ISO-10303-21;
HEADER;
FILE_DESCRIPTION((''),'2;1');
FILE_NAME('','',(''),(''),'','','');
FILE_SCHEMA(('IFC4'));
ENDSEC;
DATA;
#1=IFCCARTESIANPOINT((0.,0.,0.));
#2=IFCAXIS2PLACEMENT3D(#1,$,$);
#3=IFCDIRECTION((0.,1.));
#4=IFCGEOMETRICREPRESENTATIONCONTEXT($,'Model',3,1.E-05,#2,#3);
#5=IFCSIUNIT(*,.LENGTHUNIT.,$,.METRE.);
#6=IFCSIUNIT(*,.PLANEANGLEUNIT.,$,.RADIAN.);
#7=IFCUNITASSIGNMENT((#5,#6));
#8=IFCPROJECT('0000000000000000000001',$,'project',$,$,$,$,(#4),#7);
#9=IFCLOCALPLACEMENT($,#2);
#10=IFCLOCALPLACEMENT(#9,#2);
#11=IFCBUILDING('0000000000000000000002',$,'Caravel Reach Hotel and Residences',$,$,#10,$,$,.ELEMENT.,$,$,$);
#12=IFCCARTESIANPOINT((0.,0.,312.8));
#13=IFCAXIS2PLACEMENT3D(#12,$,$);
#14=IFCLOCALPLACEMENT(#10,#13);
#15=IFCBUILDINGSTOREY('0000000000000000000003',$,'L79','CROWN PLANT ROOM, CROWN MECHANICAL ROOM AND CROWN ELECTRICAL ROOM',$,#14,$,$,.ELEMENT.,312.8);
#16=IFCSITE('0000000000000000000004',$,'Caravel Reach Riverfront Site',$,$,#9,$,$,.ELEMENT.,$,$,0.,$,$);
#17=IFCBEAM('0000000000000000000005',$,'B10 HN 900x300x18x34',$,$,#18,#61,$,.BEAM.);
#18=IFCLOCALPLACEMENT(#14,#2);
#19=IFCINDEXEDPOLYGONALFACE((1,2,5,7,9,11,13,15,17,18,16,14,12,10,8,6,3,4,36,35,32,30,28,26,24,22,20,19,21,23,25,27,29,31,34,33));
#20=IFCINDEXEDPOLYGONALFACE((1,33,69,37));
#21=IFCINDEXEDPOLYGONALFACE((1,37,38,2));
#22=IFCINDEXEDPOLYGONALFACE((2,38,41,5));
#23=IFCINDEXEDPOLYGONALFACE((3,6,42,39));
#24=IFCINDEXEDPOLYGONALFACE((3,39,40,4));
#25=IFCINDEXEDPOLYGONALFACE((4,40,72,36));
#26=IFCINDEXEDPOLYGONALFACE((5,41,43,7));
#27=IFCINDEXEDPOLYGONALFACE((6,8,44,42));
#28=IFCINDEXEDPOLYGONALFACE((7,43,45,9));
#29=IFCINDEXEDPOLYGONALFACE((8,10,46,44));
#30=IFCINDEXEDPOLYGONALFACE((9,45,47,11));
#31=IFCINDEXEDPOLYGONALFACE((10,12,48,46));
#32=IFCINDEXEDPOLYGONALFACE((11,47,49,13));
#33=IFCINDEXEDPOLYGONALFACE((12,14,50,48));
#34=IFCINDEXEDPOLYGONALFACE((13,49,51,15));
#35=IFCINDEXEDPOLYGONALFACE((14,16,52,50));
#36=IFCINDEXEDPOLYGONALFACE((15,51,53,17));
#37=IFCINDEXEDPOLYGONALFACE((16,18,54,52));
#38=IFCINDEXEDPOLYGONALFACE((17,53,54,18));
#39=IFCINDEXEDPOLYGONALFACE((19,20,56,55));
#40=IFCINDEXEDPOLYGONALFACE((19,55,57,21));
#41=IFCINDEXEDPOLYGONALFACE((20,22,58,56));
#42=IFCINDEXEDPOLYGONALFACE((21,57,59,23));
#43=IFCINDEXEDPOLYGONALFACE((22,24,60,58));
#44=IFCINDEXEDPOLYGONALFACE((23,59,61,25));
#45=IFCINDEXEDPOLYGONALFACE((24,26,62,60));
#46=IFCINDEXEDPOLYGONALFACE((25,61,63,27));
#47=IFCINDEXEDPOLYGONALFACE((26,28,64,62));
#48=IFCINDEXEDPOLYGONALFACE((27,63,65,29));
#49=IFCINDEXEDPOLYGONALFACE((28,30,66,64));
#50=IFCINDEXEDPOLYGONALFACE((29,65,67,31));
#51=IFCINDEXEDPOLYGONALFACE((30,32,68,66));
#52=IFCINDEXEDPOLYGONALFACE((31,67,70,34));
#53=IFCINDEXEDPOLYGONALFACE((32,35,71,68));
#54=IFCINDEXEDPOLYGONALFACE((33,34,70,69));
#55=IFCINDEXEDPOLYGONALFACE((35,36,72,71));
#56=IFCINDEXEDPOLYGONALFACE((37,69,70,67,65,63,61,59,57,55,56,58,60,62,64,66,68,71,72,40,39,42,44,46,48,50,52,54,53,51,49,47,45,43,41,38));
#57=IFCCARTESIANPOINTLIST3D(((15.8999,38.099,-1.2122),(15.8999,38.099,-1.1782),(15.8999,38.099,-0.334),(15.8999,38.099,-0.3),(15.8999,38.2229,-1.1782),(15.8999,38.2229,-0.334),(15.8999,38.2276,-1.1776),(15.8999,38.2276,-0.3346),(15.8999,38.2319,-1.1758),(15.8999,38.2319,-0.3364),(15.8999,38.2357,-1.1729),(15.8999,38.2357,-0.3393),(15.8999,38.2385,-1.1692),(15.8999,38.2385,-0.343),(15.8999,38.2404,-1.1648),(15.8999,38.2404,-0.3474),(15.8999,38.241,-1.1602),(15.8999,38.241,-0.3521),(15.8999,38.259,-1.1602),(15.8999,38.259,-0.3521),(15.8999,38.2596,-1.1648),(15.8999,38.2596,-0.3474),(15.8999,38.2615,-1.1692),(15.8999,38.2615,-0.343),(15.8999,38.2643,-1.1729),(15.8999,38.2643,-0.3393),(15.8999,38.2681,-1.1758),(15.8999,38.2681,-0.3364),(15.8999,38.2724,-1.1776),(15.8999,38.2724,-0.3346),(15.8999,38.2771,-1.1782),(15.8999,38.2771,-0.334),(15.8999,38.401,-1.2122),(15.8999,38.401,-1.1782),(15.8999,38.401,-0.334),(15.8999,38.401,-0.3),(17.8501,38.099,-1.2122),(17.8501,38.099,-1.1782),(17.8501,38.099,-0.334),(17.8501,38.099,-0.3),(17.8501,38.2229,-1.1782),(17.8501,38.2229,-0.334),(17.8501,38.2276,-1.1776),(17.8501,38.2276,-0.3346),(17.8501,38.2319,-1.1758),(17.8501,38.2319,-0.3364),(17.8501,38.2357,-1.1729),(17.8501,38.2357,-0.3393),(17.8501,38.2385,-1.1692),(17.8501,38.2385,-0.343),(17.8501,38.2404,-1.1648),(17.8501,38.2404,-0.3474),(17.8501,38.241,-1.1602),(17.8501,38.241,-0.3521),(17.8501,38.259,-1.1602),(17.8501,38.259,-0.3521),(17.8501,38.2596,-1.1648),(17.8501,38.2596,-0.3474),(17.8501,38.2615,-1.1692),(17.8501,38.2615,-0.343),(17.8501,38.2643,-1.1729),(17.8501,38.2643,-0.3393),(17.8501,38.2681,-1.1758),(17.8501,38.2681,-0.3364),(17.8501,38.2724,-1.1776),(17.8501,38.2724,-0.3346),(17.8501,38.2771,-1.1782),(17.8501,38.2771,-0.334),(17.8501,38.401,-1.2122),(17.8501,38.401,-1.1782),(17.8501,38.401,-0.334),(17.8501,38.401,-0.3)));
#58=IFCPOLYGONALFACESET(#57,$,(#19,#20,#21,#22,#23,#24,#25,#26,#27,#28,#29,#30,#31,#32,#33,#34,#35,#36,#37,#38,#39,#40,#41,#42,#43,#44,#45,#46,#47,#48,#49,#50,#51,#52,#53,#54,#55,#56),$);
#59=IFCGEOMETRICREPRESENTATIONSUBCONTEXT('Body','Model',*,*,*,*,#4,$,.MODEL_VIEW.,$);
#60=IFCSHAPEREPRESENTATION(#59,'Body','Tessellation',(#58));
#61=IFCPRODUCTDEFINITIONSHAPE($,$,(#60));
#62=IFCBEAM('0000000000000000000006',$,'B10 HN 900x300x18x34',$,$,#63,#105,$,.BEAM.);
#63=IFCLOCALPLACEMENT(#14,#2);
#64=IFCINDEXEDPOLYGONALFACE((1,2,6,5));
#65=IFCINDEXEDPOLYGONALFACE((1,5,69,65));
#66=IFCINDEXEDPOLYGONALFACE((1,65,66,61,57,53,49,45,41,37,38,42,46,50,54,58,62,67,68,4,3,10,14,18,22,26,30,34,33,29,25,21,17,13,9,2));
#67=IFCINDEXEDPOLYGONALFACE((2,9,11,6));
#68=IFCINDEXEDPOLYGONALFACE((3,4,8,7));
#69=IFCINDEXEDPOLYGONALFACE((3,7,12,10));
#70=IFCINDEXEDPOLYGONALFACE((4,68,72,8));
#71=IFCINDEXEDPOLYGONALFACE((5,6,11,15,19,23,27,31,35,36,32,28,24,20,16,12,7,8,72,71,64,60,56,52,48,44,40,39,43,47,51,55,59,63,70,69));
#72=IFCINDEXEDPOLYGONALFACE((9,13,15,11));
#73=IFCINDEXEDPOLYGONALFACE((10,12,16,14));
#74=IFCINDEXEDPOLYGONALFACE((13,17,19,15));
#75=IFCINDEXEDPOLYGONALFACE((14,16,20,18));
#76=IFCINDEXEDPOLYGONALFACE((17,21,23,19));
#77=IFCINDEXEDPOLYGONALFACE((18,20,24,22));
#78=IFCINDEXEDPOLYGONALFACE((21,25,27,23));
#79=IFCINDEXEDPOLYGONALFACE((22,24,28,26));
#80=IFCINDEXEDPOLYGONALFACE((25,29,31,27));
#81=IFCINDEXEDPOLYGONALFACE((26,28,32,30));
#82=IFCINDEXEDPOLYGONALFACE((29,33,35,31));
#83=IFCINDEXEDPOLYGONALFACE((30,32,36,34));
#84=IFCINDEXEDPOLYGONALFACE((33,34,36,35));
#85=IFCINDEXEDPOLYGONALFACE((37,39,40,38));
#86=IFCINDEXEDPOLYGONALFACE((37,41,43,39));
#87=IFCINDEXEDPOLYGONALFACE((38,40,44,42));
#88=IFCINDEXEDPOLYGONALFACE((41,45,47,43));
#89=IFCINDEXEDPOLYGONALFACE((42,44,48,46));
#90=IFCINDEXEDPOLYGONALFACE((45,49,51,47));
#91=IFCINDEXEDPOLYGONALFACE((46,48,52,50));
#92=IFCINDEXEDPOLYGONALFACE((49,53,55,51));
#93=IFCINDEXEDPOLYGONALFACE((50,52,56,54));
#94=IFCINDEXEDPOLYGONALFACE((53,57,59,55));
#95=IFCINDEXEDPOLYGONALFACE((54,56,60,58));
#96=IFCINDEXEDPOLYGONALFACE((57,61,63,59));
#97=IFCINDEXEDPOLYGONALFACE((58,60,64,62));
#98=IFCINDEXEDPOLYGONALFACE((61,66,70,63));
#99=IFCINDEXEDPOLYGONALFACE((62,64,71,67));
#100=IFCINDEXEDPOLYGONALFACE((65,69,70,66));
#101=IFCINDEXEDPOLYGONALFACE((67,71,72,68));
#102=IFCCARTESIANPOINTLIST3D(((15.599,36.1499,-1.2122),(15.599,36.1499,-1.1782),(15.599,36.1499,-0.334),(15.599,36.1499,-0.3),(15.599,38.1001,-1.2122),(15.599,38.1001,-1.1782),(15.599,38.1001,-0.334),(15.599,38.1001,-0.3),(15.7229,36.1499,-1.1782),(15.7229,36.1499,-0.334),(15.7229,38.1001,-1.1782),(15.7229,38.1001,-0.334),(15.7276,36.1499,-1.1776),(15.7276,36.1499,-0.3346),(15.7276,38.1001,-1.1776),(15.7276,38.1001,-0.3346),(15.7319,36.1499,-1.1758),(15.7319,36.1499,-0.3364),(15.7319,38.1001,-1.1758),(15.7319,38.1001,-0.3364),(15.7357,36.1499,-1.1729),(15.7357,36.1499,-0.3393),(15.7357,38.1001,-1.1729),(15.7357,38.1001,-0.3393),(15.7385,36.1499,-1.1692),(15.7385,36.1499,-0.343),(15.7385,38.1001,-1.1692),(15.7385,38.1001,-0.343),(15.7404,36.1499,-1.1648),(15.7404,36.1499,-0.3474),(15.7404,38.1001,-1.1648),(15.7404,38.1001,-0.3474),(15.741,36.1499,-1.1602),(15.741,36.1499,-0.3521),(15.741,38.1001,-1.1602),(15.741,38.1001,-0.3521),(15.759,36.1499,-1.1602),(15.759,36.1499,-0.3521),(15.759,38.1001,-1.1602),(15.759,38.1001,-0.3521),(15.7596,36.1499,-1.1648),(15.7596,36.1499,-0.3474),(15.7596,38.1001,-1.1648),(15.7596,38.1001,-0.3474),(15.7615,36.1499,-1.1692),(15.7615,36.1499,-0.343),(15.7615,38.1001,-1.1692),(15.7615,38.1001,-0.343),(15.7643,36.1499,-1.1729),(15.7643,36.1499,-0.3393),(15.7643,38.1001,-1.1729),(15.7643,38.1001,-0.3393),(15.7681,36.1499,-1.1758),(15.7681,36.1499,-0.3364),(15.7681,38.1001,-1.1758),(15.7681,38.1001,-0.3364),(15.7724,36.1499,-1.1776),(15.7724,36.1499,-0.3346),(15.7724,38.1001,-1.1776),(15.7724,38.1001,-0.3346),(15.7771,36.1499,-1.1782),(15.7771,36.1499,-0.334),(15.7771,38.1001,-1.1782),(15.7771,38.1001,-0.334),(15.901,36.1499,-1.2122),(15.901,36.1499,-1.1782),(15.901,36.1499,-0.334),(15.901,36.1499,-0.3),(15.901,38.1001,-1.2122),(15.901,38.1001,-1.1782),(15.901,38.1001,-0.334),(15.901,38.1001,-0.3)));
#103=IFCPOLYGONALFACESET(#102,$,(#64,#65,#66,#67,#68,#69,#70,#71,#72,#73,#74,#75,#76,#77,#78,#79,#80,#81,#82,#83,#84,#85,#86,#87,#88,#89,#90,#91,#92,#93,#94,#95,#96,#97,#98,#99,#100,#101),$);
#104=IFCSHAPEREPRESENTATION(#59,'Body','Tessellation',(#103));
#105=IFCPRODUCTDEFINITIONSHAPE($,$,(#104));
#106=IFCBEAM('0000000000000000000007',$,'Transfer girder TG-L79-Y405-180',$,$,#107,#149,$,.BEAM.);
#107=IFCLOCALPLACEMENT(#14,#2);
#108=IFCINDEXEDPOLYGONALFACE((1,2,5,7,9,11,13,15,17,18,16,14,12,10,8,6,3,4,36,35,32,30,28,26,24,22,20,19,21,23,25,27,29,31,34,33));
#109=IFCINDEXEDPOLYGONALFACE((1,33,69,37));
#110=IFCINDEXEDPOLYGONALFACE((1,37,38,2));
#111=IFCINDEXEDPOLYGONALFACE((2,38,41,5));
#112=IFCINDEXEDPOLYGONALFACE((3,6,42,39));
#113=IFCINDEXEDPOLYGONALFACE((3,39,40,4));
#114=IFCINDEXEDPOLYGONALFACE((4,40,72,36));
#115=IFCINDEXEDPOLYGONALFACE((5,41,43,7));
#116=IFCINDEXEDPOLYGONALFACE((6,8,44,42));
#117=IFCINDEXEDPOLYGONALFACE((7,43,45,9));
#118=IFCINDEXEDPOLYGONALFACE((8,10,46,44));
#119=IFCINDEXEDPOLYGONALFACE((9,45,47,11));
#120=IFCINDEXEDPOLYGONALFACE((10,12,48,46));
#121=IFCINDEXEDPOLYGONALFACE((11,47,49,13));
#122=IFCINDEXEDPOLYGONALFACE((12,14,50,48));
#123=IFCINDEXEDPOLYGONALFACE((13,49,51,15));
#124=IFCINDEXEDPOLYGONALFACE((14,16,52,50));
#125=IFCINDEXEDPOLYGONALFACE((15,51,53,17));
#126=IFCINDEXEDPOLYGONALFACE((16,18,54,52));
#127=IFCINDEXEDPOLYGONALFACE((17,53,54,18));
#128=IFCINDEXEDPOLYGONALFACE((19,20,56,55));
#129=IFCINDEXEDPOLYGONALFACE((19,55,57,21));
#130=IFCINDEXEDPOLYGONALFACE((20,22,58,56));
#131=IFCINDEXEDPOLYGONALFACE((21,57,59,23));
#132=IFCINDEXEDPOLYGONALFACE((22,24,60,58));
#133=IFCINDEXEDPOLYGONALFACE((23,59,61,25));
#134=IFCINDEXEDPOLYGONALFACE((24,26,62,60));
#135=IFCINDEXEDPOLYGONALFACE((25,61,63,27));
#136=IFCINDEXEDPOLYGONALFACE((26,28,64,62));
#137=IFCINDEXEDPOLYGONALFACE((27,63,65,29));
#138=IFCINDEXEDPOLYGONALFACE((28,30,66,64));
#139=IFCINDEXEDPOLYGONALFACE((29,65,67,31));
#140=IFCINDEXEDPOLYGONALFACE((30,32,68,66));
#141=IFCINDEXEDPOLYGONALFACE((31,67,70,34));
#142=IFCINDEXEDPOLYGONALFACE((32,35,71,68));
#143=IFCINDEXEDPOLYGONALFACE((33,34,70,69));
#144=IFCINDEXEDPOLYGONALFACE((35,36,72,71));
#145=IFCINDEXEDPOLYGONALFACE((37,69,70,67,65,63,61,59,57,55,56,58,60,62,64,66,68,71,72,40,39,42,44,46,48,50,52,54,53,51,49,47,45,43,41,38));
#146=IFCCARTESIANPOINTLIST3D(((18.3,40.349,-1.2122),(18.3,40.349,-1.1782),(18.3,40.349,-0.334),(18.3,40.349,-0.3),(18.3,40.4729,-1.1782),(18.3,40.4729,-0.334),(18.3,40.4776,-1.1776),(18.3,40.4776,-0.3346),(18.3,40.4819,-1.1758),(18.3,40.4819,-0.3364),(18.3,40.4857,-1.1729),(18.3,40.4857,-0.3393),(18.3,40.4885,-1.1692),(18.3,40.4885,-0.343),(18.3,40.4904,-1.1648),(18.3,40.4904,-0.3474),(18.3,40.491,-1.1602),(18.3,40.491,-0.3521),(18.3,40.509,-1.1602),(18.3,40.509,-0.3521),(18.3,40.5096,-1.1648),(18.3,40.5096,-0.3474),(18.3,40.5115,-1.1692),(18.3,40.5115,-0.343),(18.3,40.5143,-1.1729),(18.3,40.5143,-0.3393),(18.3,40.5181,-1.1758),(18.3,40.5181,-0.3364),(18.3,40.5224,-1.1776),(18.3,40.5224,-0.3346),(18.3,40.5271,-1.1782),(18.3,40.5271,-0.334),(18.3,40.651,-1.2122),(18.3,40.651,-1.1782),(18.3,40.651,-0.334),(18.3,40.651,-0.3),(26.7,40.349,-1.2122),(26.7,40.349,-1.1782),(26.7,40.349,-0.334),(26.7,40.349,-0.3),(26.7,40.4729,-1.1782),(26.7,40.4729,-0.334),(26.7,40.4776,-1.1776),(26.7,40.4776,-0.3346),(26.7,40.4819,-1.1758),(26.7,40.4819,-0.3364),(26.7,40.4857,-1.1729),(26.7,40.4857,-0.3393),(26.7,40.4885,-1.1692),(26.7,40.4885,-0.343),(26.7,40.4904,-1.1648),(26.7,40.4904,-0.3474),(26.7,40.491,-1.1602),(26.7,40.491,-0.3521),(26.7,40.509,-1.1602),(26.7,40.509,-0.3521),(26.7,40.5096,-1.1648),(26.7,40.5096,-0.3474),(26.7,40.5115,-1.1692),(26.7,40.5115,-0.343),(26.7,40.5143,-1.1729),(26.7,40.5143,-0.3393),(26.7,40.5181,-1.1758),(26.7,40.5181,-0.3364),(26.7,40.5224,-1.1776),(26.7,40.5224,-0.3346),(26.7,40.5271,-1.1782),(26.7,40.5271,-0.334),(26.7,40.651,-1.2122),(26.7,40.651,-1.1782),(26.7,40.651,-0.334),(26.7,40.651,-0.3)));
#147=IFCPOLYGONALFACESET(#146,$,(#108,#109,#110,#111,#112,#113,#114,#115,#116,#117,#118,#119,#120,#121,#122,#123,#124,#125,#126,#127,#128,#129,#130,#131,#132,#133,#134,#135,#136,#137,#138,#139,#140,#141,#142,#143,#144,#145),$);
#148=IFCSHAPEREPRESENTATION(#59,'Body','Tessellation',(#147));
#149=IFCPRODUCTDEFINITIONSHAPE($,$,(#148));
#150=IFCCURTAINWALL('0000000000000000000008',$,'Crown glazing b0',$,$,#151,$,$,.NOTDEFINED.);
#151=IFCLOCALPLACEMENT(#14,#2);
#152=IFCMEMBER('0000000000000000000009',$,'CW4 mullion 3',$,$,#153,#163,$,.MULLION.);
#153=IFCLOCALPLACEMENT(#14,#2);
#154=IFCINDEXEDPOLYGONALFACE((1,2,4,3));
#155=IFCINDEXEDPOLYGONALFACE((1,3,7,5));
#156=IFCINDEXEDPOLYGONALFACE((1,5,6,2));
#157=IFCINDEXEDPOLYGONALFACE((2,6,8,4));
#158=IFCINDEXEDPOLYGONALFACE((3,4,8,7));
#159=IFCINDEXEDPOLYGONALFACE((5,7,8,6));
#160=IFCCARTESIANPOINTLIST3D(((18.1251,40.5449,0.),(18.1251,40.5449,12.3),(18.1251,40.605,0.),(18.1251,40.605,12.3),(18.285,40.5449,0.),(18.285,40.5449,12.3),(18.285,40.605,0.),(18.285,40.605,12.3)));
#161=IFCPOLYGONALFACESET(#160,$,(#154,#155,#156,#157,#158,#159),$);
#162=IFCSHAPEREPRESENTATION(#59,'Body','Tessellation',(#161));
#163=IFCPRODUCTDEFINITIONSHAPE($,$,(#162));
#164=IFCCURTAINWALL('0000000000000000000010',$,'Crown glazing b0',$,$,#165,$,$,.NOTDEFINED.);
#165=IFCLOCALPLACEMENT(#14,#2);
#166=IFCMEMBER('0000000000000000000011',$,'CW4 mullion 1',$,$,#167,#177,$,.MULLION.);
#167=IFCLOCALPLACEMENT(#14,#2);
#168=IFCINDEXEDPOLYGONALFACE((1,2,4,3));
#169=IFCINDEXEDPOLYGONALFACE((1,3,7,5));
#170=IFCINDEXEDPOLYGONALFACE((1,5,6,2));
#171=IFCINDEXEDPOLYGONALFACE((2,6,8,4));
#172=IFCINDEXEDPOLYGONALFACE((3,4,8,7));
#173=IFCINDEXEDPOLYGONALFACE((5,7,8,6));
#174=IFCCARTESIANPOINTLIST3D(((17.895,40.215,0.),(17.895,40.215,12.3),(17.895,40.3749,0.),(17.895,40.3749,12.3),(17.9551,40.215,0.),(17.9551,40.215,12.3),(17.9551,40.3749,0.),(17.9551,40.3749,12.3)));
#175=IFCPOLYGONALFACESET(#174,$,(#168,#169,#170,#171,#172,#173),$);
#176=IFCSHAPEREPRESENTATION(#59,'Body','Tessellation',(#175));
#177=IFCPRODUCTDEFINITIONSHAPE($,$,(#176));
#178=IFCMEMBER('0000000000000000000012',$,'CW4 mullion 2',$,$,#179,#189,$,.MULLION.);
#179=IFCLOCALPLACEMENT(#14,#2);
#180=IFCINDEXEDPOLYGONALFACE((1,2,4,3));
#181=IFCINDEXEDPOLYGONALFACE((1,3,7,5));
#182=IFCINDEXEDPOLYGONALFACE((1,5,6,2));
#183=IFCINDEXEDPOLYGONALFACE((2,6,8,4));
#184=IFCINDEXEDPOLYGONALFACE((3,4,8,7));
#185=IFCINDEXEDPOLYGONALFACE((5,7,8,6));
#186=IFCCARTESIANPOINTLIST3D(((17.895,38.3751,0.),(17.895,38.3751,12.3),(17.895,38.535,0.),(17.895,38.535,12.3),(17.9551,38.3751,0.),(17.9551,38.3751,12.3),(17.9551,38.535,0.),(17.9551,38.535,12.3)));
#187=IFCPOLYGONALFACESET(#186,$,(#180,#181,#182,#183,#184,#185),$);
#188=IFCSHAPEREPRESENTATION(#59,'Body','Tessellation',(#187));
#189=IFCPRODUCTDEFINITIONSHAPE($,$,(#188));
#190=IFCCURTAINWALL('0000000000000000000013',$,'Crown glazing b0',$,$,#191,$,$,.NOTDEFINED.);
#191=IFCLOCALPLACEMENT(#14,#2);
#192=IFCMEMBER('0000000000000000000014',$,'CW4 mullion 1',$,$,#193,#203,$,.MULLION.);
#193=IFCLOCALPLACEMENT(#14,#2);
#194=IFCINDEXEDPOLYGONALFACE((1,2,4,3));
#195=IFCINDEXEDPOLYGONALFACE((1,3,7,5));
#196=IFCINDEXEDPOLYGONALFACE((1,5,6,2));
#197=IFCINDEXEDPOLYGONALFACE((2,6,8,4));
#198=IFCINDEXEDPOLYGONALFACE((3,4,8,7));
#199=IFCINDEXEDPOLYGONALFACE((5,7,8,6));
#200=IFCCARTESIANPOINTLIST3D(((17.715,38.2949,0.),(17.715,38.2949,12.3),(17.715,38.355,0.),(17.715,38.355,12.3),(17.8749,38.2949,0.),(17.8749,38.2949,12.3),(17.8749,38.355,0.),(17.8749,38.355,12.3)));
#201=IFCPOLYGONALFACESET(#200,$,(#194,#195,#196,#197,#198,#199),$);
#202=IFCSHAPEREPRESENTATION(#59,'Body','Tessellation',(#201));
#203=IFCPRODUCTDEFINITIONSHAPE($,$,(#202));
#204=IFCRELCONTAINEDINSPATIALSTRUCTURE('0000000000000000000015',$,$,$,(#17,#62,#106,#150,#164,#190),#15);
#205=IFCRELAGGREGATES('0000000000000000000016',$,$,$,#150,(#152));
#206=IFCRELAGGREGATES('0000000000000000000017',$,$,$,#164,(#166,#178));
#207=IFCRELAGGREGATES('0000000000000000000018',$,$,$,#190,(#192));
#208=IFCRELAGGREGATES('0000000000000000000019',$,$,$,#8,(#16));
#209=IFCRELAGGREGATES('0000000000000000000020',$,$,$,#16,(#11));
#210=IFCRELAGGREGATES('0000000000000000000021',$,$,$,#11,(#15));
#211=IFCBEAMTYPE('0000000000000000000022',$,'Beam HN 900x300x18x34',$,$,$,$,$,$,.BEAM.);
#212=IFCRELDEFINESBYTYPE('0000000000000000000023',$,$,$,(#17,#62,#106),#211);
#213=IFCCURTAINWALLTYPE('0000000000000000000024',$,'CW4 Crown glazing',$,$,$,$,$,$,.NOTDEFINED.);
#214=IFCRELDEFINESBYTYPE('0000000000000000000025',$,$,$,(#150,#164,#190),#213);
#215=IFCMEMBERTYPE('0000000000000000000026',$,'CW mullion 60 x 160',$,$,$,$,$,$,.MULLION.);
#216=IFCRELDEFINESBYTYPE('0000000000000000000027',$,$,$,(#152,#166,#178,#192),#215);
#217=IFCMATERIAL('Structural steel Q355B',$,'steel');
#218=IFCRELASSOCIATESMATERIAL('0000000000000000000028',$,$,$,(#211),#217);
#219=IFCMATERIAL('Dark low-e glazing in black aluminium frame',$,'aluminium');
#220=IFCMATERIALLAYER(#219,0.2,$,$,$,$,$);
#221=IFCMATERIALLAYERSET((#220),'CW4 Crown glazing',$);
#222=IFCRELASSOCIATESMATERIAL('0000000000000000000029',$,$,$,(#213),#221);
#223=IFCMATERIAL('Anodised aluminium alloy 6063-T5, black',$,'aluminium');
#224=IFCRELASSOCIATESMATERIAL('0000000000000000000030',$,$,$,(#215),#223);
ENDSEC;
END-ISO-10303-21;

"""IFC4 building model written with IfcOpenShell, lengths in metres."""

from ifc_helpers import new_model, si_unit, direction, frame, origin, origin_2d, place, context, subcontext, project, spatial, rectangle, i_section, extrude, material, layer, layer_set, material_profile, profile_set, type_object, element, aggregate, save


model = new_model("IFC4")

# Units and contexts
model_context = context("Model", 3, precision=1e-05, world=origin(), true_north=direction((0.0, 1.0)))
body_context = subcontext(model_context, "Body", "Model", "MODEL_VIEW")
ifc_project = project(units=[si_unit("LENGTHUNIT", "METRE"), si_unit("PLANEANGLEUNIT", "RADIAN")], contexts=[model_context])

# Site, building, storey
site_placement = place(None, origin())
site = spatial("IfcSite", under=ifc_project, at=site_placement, Name="Caravel Reach Riverfront Site", CompositionType="ELEMENT", RefElevation=0.0)
building_placement = place(site_placement, origin())
building = spatial("IfcBuilding", under=site, at=building_placement, Name="Caravel Reach Hotel and Residences", CompositionType="ELEMENT")
storey_placement = place(building_placement, frame((0.0, 0.0, 312.8)))
storey = spatial("IfcBuildingStorey", under=building, at=storey_placement, Name="L79", Description="CROWN PLANT ROOM, CROWN MECHANICAL ROOM AND CROWN ELECTRICAL ROOM", CompositionType="ELEMENT", Elevation=312.8)

# Beams
ifc_material_1 = material(Name="Structural steel Q355B", Category="steel")
ifc_material_profile_1 = material_profile(ifc_material_1, i_section(OverallWidth=0.302, OverallDepth=0.9121, WebThickness=0.0181, FlangeThickness=0.0339, FilletRadius=0.0181, at=origin_2d()), Name="HN 900x300x18x34")
ifc_profile_set_1 = profile_set([ifc_material_profile_1], Name="Structural steel Q355B")
beam_type = type_object("IfcBeamType", Name="Beam HN 900x300x18x34", PredefinedType="BEAM", material=ifc_profile_set_1)
for number, where, z_axis, x_axis, name in (
    (1, (17.8501, 38.25, -0.7561), (-1.0, 0.0, 0.0), (0.0, -1.0, 0.0), "B10 HN 900x300x18x34"),
    (2, (15.75, 38.1001, -0.7561), (0.0, -1.0, 0.0), (1.0, 0.0, 0.0), "B10 HN 900x300x18x34"),
):
    element("IfcBeam", number, at=place(storey_placement, frame(where, z_axis=z_axis, x_axis=x_axis)), inside=storey, type_object=beam_type, Name=name, PredefinedType="BEAM", context=body_context, shape_type="SweptSolid", body=[
        extrude(i_section(OverallWidth=0.302, OverallDepth=0.9121, WebThickness=0.0181, FlangeThickness=0.0339, FilletRadius=0.0181, at=origin_2d()), origin(), (0.0, 0.0, 1.0), 1.9502),
    ])
beam_placement = place(storey_placement, frame((18.3, 40.5, -0.7561), z_axis=(1.0, 0.0, 0.0), x_axis=(0.0, 1.0, 0.0)))
element("IfcBeam", 3, at=beam_placement, inside=storey, type_object=beam_type, Name="Transfer girder TG-L79-Y405-180", PredefinedType="BEAM", context=body_context, shape_type="SweptSolid", body=[
    extrude(i_section(OverallWidth=0.302, OverallDepth=0.9121, WebThickness=0.0181, FlangeThickness=0.0339, FilletRadius=0.0181, at=origin_2d()), origin(), (0.0, 0.0, 1.0), 8.3999),
])

# Curtain wall, member
ifc_material_2 = material(Name="Dark low-e glazing in black aluminium frame", Category="aluminium")
ifc_layer_1 = layer(ifc_material_2, 0.2)
ifc_layer_set_1 = layer_set([ifc_layer_1], Name="CW4 Crown glazing")
curtain_wall_type = type_object("IfcCurtainWallType", Name="CW4 Crown glazing", PredefinedType="NOTDEFINED", material=ifc_layer_set_1)
curtain_wall_1_placement = place(storey_placement, origin())
curtain_wall_1 = element("IfcCurtainWall", 4, at=curtain_wall_1_placement, inside=storey, type_object=curtain_wall_type, Name="Crown glazing b0", PredefinedType="NOTDEFINED")
ifc_material_3 = material(Name="Anodised aluminium alloy 6063-T5, black", Category="aluminium")
ifc_material_profile_2 = material_profile(ifc_material_3, rectangle(XDim=0.0601, YDim=0.1599, at=origin_2d()), Name="CW mullion 60 x 160")
ifc_profile_set_2 = profile_set([ifc_material_profile_2], Name="Anodised aluminium alloy 6063-T5, black")
member_type_1 = type_object("IfcMemberType", Name="CW mullion 60 x 160", PredefinedType="MULLION", material=ifc_profile_set_2)
member_1_placement = place(storey_placement, frame((18.2051, 40.575, 0.0), z_axis=(0.0, 0.0, 1.0), x_axis=(0.0, -1.0, 0.0)))
member_1 = element("IfcMember", 5, at=member_1_placement, type_object=member_type_1, Name="CW4 mullion 3", PredefinedType="MULLION", context=body_context, shape_type="SweptSolid", body=[
    extrude(rectangle(XDim=0.0601, YDim=0.1599, at=origin_2d()), origin(), (0.0, 0.0, 1.0), 12.3),
])

# Curtain walls, members
curtain_wall_2_placement = place(storey_placement, origin())
curtain_wall_2 = element("IfcCurtainWall", 6, at=curtain_wall_2_placement, inside=storey, type_object=curtain_wall_type, Name="Crown glazing b0", PredefinedType="NOTDEFINED")
member_2_placement = place(storey_placement, frame((17.925, 40.2949, 0.0), z_axis=(0.0, 0.0, 1.0), x_axis=(1.0, 0.0, 0.0)))
member_2 = element("IfcMember", 7, at=member_2_placement, type_object=member_type_1, Name="CW4 mullion 1", PredefinedType="MULLION", context=body_context, shape_type="SweptSolid", body=[
    extrude(rectangle(XDim=0.0601, YDim=0.1599, at=origin_2d()), origin(), (0.0, 0.0, 1.0), 12.3),
])
member_3_placement = place(storey_placement, frame((17.925, 38.4551, 0.0), z_axis=(0.0, 0.0, 1.0), x_axis=(1.0, 0.0, 0.0)))
member_3 = element("IfcMember", 8, at=member_3_placement, type_object=member_type_1, Name="CW4 mullion 2", PredefinedType="MULLION", context=body_context, shape_type="SweptSolid", body=[
    extrude(rectangle(XDim=0.0601, YDim=0.1599, at=origin_2d()), origin(), (0.0, 0.0, 1.0), 12.3),
])
curtain_wall_3_placement = place(storey_placement, origin())
curtain_wall_3 = element("IfcCurtainWall", 9, at=curtain_wall_3_placement, inside=storey, type_object=curtain_wall_type, Name="Crown glazing b0", PredefinedType="NOTDEFINED")
member_4_placement = place(storey_placement, frame((17.7949, 38.325, 0.0), z_axis=(0.0, 0.0, 1.0), x_axis=(0.0, -1.0, 0.0)))
member_4 = element("IfcMember", 10, at=member_4_placement, type_object=member_type_1, Name="CW4 mullion 1", PredefinedType="MULLION", context=body_context, shape_type="SweptSolid", body=[
    extrude(rectangle(XDim=0.0601, YDim=0.1599, at=origin_2d()), origin(), (0.0, 0.0, 1.0), 12.3),
])

aggregate(curtain_wall_1, [member_1])
aggregate(curtain_wall_2, [member_2, member_3])
aggregate(curtain_wall_3, [member_4])

save(model, "model.ifc")
